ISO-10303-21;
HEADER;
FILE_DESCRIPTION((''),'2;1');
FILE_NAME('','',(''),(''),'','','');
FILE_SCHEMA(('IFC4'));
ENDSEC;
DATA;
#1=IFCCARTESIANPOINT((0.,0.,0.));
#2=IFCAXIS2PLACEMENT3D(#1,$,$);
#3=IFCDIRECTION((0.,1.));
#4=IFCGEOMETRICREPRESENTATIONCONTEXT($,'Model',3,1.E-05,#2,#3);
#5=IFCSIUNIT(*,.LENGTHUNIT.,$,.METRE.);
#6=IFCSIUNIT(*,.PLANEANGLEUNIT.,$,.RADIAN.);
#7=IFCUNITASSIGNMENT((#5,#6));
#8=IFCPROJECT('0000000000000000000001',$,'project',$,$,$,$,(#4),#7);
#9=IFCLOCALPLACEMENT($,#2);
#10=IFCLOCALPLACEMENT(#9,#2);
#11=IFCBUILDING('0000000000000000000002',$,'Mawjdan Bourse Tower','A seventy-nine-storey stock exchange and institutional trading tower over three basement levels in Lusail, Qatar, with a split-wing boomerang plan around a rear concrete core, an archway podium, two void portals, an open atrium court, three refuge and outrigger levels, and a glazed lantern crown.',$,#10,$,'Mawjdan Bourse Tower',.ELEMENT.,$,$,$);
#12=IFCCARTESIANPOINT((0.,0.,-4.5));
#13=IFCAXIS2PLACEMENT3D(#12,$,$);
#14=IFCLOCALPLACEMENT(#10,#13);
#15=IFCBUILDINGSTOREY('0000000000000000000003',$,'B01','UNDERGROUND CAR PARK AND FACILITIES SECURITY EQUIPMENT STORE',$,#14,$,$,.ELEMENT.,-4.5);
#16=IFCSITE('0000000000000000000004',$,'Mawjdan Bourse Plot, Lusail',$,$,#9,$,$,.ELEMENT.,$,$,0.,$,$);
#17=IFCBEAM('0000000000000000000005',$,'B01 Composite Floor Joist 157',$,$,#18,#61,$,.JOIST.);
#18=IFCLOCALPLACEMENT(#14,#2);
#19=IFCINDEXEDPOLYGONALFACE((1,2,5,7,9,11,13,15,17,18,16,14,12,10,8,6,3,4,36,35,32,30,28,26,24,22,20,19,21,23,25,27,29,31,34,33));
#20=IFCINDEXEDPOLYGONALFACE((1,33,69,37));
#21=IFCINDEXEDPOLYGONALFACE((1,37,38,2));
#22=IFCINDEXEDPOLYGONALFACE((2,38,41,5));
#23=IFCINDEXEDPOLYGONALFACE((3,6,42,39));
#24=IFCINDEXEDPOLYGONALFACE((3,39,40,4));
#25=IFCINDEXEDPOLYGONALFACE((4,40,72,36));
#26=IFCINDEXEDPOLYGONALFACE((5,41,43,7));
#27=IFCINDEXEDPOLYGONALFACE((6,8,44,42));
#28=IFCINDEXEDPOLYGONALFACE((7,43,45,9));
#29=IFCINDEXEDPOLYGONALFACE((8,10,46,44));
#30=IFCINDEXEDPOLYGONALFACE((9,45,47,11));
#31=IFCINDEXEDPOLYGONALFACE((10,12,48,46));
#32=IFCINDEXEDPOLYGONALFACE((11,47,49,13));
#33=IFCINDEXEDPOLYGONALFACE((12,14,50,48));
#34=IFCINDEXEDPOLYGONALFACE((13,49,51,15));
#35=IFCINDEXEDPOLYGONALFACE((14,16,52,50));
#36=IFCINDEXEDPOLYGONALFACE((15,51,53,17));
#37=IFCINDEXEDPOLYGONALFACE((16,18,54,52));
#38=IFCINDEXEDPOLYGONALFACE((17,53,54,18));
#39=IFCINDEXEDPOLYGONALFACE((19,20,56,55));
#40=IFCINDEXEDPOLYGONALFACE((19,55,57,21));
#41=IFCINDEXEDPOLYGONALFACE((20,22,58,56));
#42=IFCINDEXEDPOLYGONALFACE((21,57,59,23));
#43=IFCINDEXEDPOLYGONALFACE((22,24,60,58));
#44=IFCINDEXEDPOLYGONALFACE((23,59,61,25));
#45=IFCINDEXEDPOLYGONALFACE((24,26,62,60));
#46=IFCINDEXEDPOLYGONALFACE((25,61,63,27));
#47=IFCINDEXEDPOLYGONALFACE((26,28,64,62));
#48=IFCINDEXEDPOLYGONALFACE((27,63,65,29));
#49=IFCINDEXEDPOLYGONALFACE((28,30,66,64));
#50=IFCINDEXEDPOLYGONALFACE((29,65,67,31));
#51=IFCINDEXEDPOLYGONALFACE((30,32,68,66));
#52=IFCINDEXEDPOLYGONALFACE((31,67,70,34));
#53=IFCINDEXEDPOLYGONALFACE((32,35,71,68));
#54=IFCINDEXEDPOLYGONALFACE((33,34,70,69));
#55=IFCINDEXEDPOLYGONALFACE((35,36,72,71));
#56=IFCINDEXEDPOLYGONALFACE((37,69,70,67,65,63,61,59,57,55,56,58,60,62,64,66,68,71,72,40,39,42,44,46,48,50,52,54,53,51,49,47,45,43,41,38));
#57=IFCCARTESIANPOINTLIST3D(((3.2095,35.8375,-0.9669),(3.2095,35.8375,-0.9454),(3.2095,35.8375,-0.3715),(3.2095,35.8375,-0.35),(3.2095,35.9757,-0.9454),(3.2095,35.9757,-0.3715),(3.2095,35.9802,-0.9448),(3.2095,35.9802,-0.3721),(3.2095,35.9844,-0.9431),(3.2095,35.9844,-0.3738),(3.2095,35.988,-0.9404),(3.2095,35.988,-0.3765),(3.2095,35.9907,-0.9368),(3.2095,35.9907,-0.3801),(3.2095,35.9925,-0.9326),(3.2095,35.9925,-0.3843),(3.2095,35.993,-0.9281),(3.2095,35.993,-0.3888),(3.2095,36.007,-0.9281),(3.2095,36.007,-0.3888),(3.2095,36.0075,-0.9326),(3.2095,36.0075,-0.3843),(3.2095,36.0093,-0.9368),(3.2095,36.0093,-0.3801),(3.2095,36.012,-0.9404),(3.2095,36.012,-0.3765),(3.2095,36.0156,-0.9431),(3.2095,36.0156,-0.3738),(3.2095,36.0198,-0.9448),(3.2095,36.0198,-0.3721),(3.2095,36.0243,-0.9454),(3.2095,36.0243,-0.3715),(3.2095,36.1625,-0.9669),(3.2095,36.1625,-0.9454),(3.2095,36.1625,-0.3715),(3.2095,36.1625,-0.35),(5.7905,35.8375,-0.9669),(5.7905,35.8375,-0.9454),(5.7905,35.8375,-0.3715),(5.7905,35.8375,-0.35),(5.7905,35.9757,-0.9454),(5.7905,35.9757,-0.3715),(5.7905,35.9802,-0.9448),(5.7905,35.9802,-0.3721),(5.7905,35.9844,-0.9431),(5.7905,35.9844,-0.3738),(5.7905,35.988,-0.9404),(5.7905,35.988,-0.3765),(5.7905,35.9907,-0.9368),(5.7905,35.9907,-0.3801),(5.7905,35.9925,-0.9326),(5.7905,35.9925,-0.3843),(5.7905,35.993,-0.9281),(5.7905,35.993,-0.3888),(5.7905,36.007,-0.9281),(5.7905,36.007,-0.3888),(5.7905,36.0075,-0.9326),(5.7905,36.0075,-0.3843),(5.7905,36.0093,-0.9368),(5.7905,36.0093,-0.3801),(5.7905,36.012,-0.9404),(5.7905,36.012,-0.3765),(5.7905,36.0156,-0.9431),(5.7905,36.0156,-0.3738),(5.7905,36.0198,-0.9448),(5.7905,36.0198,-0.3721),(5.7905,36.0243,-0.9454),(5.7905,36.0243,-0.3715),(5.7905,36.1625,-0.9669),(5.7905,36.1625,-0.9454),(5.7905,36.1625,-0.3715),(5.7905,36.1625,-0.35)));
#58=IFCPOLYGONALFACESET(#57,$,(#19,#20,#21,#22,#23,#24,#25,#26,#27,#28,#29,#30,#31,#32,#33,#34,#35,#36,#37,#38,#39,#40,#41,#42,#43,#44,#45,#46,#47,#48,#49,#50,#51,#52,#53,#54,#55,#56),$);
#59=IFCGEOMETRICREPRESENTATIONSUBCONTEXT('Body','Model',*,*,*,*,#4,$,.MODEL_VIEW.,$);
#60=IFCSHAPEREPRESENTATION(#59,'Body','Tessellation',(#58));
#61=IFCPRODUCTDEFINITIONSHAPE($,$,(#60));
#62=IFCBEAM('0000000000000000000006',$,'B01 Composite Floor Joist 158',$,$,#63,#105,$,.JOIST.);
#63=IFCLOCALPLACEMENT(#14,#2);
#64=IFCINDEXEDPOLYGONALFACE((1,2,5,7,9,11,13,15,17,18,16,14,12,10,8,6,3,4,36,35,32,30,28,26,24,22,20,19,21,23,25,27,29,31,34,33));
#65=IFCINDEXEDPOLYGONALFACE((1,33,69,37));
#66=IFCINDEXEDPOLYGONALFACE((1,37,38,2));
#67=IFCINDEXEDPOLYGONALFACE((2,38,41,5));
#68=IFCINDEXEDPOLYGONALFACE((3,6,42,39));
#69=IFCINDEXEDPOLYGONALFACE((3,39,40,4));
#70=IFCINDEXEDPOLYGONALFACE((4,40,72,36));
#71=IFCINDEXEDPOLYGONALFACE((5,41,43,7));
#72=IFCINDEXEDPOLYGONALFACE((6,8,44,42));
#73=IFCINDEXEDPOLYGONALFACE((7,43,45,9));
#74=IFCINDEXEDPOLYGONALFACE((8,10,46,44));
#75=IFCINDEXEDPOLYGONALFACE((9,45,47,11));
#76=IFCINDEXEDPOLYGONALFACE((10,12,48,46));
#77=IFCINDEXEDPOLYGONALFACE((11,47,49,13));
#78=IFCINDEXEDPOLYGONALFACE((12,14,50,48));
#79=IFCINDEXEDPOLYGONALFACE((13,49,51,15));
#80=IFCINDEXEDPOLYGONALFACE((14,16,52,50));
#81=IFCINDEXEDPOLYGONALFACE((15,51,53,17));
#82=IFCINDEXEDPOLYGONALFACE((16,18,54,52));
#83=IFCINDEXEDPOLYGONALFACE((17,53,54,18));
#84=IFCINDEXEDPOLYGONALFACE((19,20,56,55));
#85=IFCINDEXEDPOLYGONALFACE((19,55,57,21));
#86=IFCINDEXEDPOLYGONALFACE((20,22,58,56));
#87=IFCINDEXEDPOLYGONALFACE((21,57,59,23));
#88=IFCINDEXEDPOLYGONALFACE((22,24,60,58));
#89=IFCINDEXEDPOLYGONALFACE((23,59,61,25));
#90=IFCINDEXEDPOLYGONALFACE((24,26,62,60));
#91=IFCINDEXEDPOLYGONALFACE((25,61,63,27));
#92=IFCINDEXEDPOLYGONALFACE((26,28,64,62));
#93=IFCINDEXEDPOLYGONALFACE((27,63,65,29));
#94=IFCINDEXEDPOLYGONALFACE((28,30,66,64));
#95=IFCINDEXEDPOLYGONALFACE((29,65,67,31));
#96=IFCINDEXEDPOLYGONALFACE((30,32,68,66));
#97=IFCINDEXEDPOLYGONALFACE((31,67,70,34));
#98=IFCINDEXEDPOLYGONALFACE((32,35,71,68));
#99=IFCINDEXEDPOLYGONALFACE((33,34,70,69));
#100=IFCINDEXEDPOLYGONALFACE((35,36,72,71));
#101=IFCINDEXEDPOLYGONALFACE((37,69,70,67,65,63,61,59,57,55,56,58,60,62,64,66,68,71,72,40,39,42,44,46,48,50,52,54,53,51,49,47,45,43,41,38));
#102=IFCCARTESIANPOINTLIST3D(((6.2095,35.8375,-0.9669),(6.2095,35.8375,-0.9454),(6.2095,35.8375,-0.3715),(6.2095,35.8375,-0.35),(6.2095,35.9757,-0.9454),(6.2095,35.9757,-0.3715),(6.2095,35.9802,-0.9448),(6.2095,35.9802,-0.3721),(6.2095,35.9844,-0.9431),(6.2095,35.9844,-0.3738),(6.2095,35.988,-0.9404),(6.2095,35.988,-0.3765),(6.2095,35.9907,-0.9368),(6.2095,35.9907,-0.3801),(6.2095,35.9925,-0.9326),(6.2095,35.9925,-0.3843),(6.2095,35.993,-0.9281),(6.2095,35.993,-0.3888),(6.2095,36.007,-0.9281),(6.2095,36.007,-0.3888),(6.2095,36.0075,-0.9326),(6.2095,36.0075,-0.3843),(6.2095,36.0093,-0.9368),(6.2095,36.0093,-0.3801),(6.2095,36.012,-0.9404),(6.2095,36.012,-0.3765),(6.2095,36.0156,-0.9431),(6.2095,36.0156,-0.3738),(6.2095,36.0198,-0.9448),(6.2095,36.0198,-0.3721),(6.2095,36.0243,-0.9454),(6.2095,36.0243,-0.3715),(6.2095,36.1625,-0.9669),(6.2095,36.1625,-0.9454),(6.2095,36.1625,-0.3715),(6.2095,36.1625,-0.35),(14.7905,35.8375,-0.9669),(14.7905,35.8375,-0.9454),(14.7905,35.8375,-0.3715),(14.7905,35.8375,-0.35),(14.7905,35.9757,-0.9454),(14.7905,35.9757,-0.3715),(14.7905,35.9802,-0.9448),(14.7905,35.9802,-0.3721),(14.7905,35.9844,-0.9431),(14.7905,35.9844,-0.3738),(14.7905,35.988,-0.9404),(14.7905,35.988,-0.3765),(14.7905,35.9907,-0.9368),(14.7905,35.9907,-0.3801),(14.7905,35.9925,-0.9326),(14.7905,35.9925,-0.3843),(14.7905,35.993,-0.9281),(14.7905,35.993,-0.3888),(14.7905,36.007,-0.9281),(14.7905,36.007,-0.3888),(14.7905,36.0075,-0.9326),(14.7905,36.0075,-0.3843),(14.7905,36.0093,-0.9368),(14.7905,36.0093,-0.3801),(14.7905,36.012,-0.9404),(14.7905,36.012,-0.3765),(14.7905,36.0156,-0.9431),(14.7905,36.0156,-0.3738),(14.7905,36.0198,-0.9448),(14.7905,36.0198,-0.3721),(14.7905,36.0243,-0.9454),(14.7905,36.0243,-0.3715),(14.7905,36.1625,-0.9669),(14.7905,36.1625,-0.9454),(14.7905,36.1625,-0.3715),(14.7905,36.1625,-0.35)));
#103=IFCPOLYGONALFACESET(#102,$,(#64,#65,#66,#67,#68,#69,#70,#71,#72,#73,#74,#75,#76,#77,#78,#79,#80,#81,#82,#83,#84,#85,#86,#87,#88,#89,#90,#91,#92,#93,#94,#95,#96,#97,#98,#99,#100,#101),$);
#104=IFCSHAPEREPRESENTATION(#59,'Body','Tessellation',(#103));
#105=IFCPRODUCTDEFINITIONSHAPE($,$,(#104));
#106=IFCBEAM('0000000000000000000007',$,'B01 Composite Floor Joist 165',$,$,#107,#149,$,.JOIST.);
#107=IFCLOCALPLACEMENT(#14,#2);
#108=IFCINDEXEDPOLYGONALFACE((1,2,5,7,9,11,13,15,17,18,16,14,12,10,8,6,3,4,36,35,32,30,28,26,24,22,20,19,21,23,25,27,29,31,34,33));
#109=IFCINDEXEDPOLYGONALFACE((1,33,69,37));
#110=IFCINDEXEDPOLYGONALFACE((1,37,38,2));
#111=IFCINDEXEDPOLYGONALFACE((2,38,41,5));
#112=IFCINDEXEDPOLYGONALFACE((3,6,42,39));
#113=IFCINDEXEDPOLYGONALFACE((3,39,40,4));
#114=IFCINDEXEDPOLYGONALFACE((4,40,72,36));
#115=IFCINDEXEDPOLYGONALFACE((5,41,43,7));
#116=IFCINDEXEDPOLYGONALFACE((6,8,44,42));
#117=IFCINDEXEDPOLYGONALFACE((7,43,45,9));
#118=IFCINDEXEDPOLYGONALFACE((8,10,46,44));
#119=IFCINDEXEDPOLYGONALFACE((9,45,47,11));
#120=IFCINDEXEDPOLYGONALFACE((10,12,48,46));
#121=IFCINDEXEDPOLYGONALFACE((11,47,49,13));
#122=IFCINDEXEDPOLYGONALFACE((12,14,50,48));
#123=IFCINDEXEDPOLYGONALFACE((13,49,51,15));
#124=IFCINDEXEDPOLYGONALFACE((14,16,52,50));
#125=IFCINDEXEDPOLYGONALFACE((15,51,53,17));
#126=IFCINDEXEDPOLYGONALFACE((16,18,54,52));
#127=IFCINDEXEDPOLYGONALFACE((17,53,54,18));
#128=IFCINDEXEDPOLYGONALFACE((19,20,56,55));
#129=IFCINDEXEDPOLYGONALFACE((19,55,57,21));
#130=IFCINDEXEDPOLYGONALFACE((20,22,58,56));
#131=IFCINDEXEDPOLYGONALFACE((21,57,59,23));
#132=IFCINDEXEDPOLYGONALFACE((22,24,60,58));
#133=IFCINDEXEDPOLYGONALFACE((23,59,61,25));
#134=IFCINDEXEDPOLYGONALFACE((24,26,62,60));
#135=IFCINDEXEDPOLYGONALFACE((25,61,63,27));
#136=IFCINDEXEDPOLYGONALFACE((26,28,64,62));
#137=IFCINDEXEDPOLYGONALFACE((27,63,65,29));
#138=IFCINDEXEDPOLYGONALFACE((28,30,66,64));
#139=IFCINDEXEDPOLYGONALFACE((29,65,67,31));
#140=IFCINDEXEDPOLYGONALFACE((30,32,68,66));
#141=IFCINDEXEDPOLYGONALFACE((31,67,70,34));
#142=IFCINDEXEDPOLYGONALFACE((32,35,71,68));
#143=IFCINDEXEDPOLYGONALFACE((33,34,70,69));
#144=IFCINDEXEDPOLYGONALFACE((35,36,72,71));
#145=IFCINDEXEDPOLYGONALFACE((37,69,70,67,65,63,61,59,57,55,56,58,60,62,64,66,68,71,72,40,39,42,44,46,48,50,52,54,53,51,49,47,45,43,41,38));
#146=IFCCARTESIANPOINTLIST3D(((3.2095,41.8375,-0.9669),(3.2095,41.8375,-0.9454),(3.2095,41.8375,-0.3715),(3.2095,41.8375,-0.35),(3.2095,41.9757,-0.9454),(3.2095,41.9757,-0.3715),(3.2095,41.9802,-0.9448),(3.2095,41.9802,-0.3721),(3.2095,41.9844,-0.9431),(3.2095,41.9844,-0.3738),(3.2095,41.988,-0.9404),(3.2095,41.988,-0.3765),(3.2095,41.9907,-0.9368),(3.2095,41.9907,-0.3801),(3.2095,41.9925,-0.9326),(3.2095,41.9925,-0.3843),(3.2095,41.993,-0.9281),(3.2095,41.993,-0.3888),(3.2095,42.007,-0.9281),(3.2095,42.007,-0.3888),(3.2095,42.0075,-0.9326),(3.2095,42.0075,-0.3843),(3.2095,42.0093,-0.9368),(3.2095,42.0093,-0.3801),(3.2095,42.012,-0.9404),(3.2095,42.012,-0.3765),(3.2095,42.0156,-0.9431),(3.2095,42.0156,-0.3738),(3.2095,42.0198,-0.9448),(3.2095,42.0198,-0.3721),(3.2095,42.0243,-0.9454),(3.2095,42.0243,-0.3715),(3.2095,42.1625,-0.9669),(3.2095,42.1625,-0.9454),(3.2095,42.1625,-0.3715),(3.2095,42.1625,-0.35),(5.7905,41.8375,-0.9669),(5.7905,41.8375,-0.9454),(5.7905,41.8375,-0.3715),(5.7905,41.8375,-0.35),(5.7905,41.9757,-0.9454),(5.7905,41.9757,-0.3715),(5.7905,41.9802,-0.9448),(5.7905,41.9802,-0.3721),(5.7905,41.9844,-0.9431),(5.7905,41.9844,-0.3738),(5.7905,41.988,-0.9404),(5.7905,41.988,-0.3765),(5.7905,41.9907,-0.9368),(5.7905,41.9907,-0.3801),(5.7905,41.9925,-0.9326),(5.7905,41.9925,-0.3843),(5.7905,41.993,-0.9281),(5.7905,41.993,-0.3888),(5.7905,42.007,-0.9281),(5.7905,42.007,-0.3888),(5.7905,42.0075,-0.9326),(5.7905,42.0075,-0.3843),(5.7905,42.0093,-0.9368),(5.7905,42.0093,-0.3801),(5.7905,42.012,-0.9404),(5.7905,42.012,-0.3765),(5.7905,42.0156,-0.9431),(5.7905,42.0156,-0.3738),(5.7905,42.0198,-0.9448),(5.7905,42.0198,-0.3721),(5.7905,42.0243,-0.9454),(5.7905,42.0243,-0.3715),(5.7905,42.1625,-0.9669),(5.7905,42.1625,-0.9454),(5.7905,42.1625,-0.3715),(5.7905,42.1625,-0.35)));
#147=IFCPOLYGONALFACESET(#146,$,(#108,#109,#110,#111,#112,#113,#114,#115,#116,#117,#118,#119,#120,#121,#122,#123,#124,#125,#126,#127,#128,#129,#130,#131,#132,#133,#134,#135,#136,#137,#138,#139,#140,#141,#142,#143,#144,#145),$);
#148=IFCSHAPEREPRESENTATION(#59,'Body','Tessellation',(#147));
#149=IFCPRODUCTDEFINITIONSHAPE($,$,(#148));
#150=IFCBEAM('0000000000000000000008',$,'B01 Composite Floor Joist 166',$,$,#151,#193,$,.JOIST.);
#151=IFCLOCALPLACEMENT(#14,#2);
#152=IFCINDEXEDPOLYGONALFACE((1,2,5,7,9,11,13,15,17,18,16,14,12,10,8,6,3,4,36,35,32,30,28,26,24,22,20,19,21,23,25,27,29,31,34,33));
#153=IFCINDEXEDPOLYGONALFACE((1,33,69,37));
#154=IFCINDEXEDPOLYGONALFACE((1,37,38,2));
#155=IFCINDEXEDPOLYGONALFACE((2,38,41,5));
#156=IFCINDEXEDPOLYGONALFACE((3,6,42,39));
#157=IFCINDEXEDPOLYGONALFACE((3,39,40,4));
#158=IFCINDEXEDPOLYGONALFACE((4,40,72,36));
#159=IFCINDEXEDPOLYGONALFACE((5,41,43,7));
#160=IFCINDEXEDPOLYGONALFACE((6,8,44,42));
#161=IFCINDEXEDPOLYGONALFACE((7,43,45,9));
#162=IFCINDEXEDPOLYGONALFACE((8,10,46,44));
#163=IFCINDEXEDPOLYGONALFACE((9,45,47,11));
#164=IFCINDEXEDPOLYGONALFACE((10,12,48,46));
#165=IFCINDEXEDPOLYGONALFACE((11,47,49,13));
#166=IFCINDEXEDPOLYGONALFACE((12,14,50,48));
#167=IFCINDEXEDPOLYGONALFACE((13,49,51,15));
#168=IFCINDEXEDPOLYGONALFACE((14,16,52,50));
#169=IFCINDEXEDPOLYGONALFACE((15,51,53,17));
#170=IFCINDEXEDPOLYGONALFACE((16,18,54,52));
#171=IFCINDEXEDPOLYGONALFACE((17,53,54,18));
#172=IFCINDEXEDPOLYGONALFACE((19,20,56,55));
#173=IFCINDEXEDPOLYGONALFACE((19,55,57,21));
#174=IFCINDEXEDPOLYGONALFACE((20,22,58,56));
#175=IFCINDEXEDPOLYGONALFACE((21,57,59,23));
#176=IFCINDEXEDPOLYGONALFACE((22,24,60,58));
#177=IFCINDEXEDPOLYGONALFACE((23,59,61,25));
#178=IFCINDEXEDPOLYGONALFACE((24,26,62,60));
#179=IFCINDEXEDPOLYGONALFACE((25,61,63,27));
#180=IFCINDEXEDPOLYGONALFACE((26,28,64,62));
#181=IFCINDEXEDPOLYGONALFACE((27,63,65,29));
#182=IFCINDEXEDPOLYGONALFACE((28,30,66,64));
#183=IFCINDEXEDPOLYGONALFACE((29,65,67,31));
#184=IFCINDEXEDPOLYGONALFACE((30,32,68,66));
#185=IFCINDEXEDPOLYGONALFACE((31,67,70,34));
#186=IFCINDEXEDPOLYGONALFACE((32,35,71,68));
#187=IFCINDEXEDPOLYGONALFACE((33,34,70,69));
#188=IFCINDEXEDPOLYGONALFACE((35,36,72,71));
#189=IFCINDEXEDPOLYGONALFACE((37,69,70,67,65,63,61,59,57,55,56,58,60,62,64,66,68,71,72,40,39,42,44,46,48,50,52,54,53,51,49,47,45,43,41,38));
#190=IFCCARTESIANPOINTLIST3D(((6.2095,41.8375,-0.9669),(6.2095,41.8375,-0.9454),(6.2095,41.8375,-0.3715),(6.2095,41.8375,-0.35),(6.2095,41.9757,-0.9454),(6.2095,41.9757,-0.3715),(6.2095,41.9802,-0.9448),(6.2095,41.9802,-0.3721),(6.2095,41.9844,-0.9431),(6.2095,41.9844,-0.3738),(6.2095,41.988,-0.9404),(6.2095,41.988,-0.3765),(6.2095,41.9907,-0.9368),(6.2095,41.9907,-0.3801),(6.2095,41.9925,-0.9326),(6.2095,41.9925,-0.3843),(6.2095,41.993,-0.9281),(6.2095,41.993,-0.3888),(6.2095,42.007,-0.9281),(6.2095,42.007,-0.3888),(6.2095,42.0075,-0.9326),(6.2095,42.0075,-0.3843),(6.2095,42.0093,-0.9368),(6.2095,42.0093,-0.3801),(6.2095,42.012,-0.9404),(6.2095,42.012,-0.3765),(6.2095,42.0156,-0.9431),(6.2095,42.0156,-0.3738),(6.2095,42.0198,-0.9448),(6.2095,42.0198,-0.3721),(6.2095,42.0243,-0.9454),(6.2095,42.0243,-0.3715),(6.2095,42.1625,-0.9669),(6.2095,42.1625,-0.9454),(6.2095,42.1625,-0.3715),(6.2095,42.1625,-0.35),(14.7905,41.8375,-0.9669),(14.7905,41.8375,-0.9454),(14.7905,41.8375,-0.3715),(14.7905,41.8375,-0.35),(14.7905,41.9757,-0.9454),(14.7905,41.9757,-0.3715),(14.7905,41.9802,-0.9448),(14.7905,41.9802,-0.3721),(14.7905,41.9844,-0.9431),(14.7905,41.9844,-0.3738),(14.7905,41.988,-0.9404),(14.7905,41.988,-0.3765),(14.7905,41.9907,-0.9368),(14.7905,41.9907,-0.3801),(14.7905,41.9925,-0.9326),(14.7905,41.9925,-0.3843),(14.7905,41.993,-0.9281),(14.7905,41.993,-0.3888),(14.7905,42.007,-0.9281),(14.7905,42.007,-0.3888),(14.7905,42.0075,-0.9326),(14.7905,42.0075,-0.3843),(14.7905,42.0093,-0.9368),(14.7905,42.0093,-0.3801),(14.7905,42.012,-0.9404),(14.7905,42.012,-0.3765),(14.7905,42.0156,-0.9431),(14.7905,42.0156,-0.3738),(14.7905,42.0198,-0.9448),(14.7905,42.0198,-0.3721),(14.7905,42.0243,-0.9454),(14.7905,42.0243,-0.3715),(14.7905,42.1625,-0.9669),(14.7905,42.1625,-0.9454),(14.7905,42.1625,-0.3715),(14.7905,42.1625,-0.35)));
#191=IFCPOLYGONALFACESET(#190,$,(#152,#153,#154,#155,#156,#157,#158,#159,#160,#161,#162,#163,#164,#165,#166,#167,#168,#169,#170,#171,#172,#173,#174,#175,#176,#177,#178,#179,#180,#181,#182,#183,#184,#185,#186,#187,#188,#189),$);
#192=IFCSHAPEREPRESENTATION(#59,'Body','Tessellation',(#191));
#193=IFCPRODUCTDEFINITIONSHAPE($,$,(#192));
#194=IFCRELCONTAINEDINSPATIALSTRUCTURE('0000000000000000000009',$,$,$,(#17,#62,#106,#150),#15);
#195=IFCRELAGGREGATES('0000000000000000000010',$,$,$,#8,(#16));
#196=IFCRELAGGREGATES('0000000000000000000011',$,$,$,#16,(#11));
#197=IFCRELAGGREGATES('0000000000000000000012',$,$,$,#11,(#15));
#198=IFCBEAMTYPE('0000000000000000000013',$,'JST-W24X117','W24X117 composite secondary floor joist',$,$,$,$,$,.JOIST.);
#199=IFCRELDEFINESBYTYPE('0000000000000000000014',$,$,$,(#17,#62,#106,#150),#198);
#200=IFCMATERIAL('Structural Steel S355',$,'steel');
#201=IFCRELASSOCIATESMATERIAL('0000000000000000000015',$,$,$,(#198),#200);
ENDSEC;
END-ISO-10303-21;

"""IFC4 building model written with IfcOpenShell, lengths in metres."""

from ifc_helpers import new_model, si_unit, direction, frame, origin, origin_2d, place, context, subcontext, project, spatial, i_section, extrude, material, material_profile, profile_set, type_object, element, save


model = new_model("IFC4")

# Units and contexts
model_context = context("Model", 3, precision=1e-05, world=origin(), true_north=direction((0.0, 1.0)))
body_context = subcontext(model_context, "Body", "Model", "MODEL_VIEW")
ifc_project = project(units=[si_unit("LENGTHUNIT", "METRE"), si_unit("PLANEANGLEUNIT", "RADIAN")], contexts=[model_context])

# Site, building, storey
site_placement = place(None, origin())
site = spatial("IfcSite", under=ifc_project, at=site_placement, Name="Mawjdan Bourse Plot, Lusail", CompositionType="ELEMENT", RefElevation=0.0)
building_placement = place(site_placement, origin())
building = spatial("IfcBuilding", under=site, at=building_placement, Name="Mawjdan Bourse Tower", Description="A seventy-nine-storey stock exchange and institutional trading tower over three basement levels in Lusail, Qatar, with a split-wing boomerang plan around a rear concrete core, an archway podium, two void portals, an open atrium court, three refuge and outrigger levels, and a glazed lantern crown.", LongName="Mawjdan Bourse Tower", CompositionType="ELEMENT")
storey_placement = place(building_placement, frame((0.0, 0.0, -4.5)))
storey = spatial("IfcBuildingStorey", under=building, at=storey_placement, Name="B01", Description="UNDERGROUND CAR PARK AND FACILITIES SECURITY EQUIPMENT STORE", CompositionType="ELEMENT", Elevation=-4.5)

# Beams
ifc_material_1 = material(Name="Structural Steel S355", Category="steel")
ifc_material_profile_1 = material_profile(ifc_material_1, i_section(OverallWidth=0.325, OverallDepth=0.6169, WebThickness=0.0139, FlangeThickness=0.0215, FilletRadius=0.0173, at=origin_2d()), Name="W24X117")
ifc_profile_set_1 = profile_set([ifc_material_profile_1], Name="Structural Steel S355")
beam_type_1 = type_object("IfcBeamType", Name="JST-W24X117", Description="W24X117 composite secondary floor joist", PredefinedType="JOIST", material=ifc_profile_set_1)
beam_1_placement = place(storey_placement, frame((3.2095, 36.0, -0.6584), z_axis=(1.0, 0.0, 0.0), x_axis=(0.0, 1.0, 0.0)))
element("IfcBeam", 1, at=beam_1_placement, inside=storey, type_object=beam_type_1, Name="B01 Composite Floor Joist 157", PredefinedType="JOIST", context=body_context, shape_type="SweptSolid", body=[
    extrude(i_section(OverallWidth=0.325, OverallDepth=0.6169, WebThickness=0.0139, FlangeThickness=0.0215, FilletRadius=0.0173, at=origin_2d()), origin(), (0.0, 0.0, 1.0), 2.5811),
])
beam_2_placement = place(storey_placement, frame((6.2095, 36.0, -0.6584), z_axis=(1.0, 0.0, 0.0), x_axis=(0.0, 1.0, 0.0)))
element("IfcBeam", 2, at=beam_2_placement, inside=storey, type_object=beam_type_1, Name="B01 Composite Floor Joist 158", PredefinedType="JOIST", context=body_context, shape_type="SweptSolid", body=[
    extrude(i_section(OverallWidth=0.325, OverallDepth=0.6169, WebThickness=0.0139, FlangeThickness=0.0215, FilletRadius=0.0173, at=origin_2d()), origin(), (0.0, 0.0, 1.0), 8.5811),
])
beam_3_placement = place(storey_placement, frame((3.2095, 42.0, -0.6584), z_axis=(1.0, 0.0, 0.0), x_axis=(0.0, 1.0, 0.0)))
element("IfcBeam", 3, at=beam_3_placement, inside=storey, type_object=beam_type_1, Name="B01 Composite Floor Joist 165", PredefinedType="JOIST", context=body_context, shape_type="SweptSolid", body=[
    extrude(i_section(OverallWidth=0.325, OverallDepth=0.6169, WebThickness=0.0139, FlangeThickness=0.0215, FilletRadius=0.0173, at=origin_2d()), origin(), (0.0, 0.0, 1.0), 2.5811),
])
beam_4_placement = place(storey_placement, frame((6.2095, 42.0, -0.6584), z_axis=(1.0, 0.0, 0.0), x_axis=(0.0, 1.0, 0.0)))
element("IfcBeam", 4, at=beam_4_placement, inside=storey, type_object=beam_type_1, Name="B01 Composite Floor Joist 166", PredefinedType="JOIST", context=body_context, shape_type="SweptSolid", body=[
    extrude(i_section(OverallWidth=0.325, OverallDepth=0.6169, WebThickness=0.0139, FlangeThickness=0.0215, FilletRadius=0.0173, at=origin_2d()), origin(), (0.0, 0.0, 1.0), 8.5811),
])

save(model, "model.ifc")
